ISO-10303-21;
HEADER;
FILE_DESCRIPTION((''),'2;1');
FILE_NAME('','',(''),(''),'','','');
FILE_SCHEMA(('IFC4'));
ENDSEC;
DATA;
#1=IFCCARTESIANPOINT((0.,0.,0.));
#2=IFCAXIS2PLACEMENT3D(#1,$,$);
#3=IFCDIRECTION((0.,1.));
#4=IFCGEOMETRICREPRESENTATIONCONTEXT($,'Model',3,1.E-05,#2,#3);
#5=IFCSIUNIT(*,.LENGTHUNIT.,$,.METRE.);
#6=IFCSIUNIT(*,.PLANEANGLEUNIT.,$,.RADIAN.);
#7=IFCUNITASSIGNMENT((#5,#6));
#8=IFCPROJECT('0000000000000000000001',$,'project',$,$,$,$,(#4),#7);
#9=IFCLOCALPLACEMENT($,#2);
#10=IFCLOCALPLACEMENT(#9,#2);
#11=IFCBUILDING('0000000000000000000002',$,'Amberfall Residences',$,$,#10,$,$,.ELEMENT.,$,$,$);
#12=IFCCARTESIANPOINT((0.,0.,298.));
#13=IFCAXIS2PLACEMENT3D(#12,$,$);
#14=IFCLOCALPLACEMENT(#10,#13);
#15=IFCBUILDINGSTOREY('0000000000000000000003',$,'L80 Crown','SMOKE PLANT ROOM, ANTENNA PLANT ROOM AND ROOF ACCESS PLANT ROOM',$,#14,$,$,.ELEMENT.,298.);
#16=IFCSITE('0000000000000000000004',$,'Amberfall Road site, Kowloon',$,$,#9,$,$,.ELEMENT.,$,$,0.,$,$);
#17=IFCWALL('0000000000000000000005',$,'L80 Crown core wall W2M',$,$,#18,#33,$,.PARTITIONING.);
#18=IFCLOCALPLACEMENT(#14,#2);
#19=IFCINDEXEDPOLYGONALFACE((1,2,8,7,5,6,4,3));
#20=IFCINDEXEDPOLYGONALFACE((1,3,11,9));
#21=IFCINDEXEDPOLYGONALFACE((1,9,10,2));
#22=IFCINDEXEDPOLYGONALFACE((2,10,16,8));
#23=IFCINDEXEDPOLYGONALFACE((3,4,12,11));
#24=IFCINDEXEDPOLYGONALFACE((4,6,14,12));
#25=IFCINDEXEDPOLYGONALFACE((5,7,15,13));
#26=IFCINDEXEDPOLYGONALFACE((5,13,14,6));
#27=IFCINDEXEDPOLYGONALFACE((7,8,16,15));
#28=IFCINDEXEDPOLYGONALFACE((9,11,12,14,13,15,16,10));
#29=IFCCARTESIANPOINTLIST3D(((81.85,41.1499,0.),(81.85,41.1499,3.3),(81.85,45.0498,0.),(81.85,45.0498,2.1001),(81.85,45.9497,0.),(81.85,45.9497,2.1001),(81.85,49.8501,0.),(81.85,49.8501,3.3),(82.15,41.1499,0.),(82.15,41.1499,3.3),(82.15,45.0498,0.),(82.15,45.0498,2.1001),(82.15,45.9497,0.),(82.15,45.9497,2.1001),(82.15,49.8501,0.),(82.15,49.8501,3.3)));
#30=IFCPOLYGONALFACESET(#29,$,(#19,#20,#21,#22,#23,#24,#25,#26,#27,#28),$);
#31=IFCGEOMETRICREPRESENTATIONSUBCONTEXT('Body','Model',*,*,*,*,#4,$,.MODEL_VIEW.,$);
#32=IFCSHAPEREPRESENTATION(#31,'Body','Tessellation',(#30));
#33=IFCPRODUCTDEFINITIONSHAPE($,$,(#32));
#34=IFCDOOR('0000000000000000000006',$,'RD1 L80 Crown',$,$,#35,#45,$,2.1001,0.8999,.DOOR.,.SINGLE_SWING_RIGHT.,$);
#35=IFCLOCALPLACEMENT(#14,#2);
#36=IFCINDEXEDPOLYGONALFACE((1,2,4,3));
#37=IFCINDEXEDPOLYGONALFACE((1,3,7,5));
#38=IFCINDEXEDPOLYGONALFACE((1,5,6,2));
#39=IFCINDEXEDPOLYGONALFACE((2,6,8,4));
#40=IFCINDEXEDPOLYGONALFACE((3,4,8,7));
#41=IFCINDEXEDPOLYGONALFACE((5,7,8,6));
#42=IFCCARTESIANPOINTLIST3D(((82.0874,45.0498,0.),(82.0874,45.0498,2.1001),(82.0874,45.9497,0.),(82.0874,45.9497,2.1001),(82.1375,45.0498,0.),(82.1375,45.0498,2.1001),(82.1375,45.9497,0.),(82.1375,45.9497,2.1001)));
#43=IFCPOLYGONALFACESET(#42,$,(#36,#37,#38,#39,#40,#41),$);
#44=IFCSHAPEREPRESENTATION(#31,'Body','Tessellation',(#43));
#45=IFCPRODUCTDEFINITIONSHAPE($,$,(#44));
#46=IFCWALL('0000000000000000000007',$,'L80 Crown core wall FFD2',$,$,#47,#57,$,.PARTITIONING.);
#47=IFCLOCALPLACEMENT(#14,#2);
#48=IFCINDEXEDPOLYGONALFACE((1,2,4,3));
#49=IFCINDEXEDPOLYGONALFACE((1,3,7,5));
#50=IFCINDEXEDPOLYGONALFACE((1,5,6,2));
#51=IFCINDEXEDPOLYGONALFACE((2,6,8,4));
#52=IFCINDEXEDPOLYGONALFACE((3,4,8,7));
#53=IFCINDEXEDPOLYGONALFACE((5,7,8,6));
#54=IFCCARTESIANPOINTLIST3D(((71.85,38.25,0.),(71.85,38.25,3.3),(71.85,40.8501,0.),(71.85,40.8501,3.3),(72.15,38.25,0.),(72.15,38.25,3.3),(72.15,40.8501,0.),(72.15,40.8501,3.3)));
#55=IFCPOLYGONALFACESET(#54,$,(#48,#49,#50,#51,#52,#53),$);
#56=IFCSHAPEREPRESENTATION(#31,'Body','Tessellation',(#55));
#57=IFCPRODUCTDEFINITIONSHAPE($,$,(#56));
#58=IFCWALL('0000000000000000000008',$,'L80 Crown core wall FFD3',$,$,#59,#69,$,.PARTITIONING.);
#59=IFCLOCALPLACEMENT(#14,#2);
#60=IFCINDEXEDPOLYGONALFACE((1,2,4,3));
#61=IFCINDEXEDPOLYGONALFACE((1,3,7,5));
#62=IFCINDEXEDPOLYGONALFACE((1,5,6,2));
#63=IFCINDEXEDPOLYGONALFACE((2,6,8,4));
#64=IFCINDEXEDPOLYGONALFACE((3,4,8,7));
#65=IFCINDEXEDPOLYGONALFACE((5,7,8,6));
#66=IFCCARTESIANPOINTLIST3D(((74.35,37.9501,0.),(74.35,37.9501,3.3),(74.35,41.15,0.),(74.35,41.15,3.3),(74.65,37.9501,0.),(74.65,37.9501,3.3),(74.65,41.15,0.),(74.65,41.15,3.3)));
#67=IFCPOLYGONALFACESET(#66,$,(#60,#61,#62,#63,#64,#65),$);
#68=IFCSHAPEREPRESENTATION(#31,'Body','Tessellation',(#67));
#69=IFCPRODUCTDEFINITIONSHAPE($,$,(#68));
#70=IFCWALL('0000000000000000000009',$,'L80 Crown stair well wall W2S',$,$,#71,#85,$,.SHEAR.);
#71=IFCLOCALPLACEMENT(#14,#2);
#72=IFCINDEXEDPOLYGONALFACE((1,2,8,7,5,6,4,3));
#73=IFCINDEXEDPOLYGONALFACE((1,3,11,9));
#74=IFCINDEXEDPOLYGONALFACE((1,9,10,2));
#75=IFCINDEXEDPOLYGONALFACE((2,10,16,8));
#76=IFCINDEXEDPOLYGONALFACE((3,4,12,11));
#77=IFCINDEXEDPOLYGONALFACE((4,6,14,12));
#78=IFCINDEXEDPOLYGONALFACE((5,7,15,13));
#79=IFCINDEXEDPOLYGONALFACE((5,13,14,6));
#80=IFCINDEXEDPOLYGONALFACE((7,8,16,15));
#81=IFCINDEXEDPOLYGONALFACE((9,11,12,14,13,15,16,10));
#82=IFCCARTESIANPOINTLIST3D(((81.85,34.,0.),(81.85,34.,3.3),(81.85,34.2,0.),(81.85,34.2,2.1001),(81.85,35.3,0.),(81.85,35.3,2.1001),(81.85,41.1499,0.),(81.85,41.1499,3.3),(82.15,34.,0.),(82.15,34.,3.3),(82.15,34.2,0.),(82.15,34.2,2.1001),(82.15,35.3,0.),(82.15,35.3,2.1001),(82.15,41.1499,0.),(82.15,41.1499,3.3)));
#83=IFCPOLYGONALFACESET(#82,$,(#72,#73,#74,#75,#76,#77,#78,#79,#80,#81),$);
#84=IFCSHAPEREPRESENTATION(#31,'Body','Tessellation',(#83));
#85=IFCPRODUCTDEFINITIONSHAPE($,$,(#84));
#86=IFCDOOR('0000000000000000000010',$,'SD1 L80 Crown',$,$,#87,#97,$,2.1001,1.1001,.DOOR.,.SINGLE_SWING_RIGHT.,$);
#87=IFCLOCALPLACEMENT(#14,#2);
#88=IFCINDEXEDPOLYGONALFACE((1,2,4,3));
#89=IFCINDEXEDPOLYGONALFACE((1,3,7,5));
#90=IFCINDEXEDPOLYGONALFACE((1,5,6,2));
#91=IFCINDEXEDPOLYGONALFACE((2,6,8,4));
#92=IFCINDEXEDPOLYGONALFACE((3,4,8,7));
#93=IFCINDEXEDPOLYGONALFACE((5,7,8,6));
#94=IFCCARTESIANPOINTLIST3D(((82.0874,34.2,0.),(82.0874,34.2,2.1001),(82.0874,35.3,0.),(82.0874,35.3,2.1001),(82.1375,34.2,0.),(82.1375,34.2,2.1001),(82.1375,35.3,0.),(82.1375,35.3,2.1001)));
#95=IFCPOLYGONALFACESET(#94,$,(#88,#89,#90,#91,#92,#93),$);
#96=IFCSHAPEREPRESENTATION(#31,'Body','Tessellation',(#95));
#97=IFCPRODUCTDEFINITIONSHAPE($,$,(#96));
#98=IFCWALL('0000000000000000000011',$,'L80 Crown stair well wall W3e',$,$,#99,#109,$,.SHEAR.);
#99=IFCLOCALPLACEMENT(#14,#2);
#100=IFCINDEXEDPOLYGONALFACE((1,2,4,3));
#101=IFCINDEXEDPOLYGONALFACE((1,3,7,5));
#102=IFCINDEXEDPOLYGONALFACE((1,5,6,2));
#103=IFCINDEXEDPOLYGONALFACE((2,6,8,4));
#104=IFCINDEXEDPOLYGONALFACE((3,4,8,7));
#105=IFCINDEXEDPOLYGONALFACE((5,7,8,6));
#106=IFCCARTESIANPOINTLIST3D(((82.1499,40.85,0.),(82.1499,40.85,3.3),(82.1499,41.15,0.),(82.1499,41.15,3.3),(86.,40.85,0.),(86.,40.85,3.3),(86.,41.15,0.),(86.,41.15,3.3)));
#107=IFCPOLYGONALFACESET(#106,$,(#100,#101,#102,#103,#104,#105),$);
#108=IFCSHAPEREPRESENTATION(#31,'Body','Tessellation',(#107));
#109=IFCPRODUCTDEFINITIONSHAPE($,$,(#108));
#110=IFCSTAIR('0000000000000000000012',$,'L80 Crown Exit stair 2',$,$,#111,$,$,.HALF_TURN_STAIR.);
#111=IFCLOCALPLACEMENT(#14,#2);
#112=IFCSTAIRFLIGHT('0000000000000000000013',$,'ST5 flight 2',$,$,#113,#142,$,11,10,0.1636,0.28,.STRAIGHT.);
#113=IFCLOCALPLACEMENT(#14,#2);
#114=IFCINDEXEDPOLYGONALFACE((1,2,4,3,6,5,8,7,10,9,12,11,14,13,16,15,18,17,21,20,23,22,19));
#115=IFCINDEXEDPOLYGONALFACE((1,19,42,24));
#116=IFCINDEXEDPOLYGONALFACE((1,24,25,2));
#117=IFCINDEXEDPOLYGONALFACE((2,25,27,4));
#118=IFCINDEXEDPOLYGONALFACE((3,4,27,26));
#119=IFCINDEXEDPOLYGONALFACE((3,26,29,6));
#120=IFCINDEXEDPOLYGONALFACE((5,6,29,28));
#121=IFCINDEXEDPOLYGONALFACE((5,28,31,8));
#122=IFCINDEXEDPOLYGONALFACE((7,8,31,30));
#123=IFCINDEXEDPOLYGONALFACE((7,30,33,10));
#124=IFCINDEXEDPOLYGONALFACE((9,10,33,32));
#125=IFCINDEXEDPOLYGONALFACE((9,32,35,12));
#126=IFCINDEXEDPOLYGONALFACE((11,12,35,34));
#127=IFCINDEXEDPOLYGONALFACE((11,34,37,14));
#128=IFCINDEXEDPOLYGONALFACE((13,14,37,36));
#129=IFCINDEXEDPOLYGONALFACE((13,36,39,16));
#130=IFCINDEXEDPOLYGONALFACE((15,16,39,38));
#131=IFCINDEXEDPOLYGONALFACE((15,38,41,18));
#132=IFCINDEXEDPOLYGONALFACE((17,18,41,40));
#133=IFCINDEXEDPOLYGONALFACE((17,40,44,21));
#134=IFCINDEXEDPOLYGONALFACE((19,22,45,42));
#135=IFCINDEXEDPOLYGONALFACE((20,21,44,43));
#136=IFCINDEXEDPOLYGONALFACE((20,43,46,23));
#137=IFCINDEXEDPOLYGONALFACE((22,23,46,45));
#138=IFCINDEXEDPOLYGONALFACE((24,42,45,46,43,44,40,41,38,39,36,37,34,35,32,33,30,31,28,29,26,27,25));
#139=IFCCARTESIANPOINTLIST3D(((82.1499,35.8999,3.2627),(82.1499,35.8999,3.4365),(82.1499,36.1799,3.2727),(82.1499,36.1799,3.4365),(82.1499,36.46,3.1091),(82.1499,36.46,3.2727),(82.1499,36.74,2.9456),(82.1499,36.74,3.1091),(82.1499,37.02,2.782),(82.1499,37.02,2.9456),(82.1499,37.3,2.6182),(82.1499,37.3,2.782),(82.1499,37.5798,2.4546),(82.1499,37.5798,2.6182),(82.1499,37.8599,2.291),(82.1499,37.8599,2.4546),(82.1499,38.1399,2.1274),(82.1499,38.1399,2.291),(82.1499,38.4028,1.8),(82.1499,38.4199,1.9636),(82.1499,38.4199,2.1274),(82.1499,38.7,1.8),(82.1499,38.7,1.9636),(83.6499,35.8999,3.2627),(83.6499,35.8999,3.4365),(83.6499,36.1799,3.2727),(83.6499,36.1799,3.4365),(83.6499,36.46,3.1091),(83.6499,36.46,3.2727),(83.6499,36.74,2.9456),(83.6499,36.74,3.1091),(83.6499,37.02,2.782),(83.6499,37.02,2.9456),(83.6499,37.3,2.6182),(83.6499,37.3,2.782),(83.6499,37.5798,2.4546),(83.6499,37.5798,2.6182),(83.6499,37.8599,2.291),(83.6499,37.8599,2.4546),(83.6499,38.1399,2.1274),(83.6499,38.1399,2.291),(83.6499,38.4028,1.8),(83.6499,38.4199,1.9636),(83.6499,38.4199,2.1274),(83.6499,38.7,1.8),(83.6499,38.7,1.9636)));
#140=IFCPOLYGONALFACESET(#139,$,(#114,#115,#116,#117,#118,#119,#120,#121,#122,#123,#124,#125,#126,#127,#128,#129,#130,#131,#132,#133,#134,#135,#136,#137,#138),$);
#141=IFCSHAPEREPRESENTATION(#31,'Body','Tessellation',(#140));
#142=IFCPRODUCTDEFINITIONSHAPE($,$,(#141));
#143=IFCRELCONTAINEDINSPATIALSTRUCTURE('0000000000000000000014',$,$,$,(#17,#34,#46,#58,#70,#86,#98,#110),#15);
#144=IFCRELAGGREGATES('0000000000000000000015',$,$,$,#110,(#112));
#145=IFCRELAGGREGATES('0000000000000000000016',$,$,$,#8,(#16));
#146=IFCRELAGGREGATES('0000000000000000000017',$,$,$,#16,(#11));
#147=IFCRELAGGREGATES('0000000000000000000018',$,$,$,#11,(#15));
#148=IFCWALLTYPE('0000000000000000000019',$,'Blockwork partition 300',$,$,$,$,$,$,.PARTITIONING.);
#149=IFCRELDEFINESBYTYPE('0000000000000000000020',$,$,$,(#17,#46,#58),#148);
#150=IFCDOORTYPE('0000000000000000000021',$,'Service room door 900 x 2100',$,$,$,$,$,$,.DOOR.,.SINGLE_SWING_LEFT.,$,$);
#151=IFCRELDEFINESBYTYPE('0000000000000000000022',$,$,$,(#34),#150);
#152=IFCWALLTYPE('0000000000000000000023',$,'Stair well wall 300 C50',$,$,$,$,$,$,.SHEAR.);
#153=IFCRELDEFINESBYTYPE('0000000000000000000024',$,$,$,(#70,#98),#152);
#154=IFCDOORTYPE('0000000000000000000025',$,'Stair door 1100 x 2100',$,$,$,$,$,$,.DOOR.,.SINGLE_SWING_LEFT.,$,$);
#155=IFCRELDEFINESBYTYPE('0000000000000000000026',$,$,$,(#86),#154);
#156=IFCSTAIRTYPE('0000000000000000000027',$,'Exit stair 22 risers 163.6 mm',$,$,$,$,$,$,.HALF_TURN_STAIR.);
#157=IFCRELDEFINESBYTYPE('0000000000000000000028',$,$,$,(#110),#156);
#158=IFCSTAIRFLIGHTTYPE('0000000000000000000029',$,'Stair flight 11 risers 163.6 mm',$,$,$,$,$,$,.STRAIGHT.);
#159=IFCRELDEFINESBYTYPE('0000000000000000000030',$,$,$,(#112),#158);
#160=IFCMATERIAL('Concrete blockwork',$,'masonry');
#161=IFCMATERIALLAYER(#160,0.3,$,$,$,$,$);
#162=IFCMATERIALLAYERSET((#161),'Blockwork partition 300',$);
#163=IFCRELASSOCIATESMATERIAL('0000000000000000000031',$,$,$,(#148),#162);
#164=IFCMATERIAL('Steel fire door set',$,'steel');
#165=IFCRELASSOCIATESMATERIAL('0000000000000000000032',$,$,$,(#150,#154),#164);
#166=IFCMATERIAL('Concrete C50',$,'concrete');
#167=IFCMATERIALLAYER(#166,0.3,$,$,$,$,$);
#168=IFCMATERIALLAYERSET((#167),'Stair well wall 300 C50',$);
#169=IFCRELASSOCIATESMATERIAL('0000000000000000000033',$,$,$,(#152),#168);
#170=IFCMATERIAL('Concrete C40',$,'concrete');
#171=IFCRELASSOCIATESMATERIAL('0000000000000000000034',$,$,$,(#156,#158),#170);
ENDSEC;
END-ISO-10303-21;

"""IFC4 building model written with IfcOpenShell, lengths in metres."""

from ifc_helpers import new_model, si_unit, direction, frame, frame_2d, origin, place, context, subcontext, project, spatial, polyline, rectangle, outline, extrude, material, layer, layer_set, type_object, element, fill, aggregate, save


model = new_model("IFC4")

# Units and contexts
model_context = context("Model", 3, precision=1e-05, world=origin(), true_north=direction((0.0, 1.0)))
body_context = subcontext(model_context, "Body", "Model", "MODEL_VIEW")
ifc_project = project(units=[si_unit("LENGTHUNIT", "METRE"), si_unit("PLANEANGLEUNIT", "RADIAN")], contexts=[model_context])

# Site, building, storey
site_placement = place(None, origin())
site = spatial("IfcSite", under=ifc_project, at=site_placement, Name="Amberfall Road site, Kowloon", CompositionType="ELEMENT", RefElevation=0.0)
building_placement = place(site_placement, origin())
building = spatial("IfcBuilding", under=site, at=building_placement, Name="Amberfall Residences", CompositionType="ELEMENT")
storey_placement = place(building_placement, frame((0.0, 0.0, 298.0)))
storey = spatial("IfcBuildingStorey", under=building, at=storey_placement, Name="L80 Crown", Description="SMOKE PLANT ROOM, ANTENNA PLANT ROOM AND ROOF ACCESS PLANT ROOM", CompositionType="ELEMENT", Elevation=298.0)

# Shared definitions
ifc_material_1 = material(Name="Concrete C50", Category="concrete")

# Wall, opening, door
ifc_material_2 = material(Name="Concrete blockwork", Category="masonry")
ifc_layer_1 = layer(ifc_material_2, 0.3)
ifc_layer_set_1 = layer_set([ifc_layer_1], Name="Blockwork partition 300")
wall_type_1 = type_object("IfcWallType", Name="Blockwork partition 300", PredefinedType="PARTITIONING", material=ifc_layer_set_1)
wall_1_placement = place(storey_placement, frame((82.0, 41.1499, 0.0), z_axis=(0.0, 0.0, 1.0), x_axis=(0.0, 1.0, 0.0)))
wall_1 = element("IfcWall", 1, at=wall_1_placement, inside=storey, type_object=wall_type_1, Name="L80 Crown core wall W2M", PredefinedType="PARTITIONING", context=body_context, shape_type="SweptSolid", body=[
    extrude(rectangle(XDim=8.7002, YDim=0.3, at=frame_2d((4.3501, 0.0))), origin(), (0.0, 0.0, 1.0), 3.3),
])
opening_1_placement = place(wall_1_placement, frame((3.8999, 0.0, 0.0)))
opening_1 = element("IfcOpeningElement", 2, at=opening_1_placement, cuts=wall_1, PredefinedType="OPENING", context=body_context, shape_type="SweptSolid", body=[
    extrude(rectangle(XDim=0.8999, YDim=2.1001, at=frame_2d((0.45, 1.05))), frame((0.0, 0.1599, 0.0), z_axis=(0.0, -1.0, 0.0), x_axis=(1.0, 0.0, 0.0)), (0.0, 0.0, 1.0), 0.3201),
])
ifc_material_3 = material(Name="Steel fire door set", Category="steel")
door_type_1 = type_object("IfcDoorType", Name="Service room door 900 x 2100", OperationType="SINGLE_SWING_LEFT", PredefinedType="DOOR", material=ifc_material_3)
door_1_placement = place(opening_1_placement, origin())
door_1 = element("IfcDoor", 3, at=door_1_placement, inside=storey, type_object=door_type_1, Name="RD1 L80 Crown", OperationType="SINGLE_SWING_RIGHT", OverallHeight=2.1001, OverallWidth=0.8999, PredefinedType="DOOR", context=body_context, shape_type="SweptSolid", body=[
    extrude(rectangle(XDim=0.8999, YDim=2.1001, at=frame_2d((0.45, 1.05))), frame((0.0, -0.0874, 0.0), z_axis=(0.0, -1.0, 0.0), x_axis=(1.0, 0.0, 0.0)), (0.0, 0.0, 1.0), 0.05),
])
fill(opening_1, door_1)

# Walls
wall_2_placement = place(storey_placement, frame((72.0, 38.25, 0.0), z_axis=(0.0, 0.0, 1.0), x_axis=(0.0, 1.0, 0.0)))
element("IfcWall", 4, at=wall_2_placement, inside=storey, type_object=wall_type_1, Name="L80 Crown core wall FFD2", PredefinedType="PARTITIONING", context=body_context, shape_type="SweptSolid", body=[
    extrude(rectangle(XDim=2.6001, YDim=0.3, at=frame_2d((1.3, 0.0))), origin(), (0.0, 0.0, 1.0), 3.3),
])
wall_3_placement = place(storey_placement, frame((74.5, 37.95, 0.0), z_axis=(0.0, 0.0, 1.0), x_axis=(0.0, 1.0, 0.0)))
element("IfcWall", 5, at=wall_3_placement, inside=storey, type_object=wall_type_1, Name="L80 Crown core wall FFD3", PredefinedType="PARTITIONING", context=body_context, shape_type="SweptSolid", body=[
    extrude(rectangle(XDim=3.2, YDim=0.3, at=frame_2d((1.6001, 0.0))), origin(), (0.0, 0.0, 1.0), 3.3),
])

# Wall, opening, door
ifc_layer_2 = layer(ifc_material_1, 0.3)
ifc_layer_set_2 = layer_set([ifc_layer_2], Name="Stair well wall 300 C50")
wall_type_2 = type_object("IfcWallType", Name="Stair well wall 300 C50", PredefinedType="SHEAR", material=ifc_layer_set_2)
wall_4_placement = place(storey_placement, frame((82.0, 34.0, 0.0), z_axis=(0.0, 0.0, 1.0), x_axis=(0.0, 1.0, 0.0)))
wall_4 = element("IfcWall", 6, at=wall_4_placement, inside=storey, type_object=wall_type_2, Name="L80 Crown stair well wall W2S", PredefinedType="SHEAR", context=body_context, shape_type="SweptSolid", body=[
    extrude(rectangle(XDim=7.1499, YDim=0.3, at=frame_2d((3.575, 0.0))), origin(), (0.0, 0.0, 1.0), 3.3),
])
opening_2_placement = place(wall_4_placement, frame((0.2, 0.0, 0.0)))
opening_2 = element("IfcOpeningElement", 7, at=opening_2_placement, cuts=wall_4, PredefinedType="OPENING", context=body_context, shape_type="SweptSolid", body=[
    extrude(rectangle(XDim=1.1001, YDim=2.1001, at=frame_2d((0.55, 1.05))), frame((0.0, 0.1599, 0.0), z_axis=(0.0, -1.0, 0.0), x_axis=(1.0, 0.0, 0.0)), (0.0, 0.0, 1.0), 0.3201),
])
door_type_2 = type_object("IfcDoorType", Name="Stair door 1100 x 2100", OperationType="SINGLE_SWING_LEFT", PredefinedType="DOOR", material=ifc_material_3)
door_2_placement = place(opening_2_placement, origin())
door_2 = element("IfcDoor", 8, at=door_2_placement, inside=storey, type_object=door_type_2, Name="SD1 L80 Crown", OperationType="SINGLE_SWING_RIGHT", OverallHeight=2.1001, OverallWidth=1.1001, PredefinedType="DOOR", context=body_context, shape_type="SweptSolid", body=[
    extrude(rectangle(XDim=1.1001, YDim=2.1001, at=frame_2d((0.55, 1.05))), frame((0.0, -0.0874, 0.0), z_axis=(0.0, -1.0, 0.0), x_axis=(1.0, 0.0, 0.0)), (0.0, 0.0, 1.0), 0.05),
])
fill(opening_2, door_2)

# Wall
wall_5_placement = place(storey_placement, frame((82.1499, 41.0, 0.0), z_axis=(0.0, 0.0, 1.0), x_axis=(1.0, 0.0, 0.0)))
element("IfcWall", 9, at=wall_5_placement, inside=storey, type_object=wall_type_2, Name="L80 Crown stair well wall W3e", PredefinedType="SHEAR", context=body_context, shape_type="SweptSolid", body=[
    extrude(rectangle(XDim=3.8501, YDim=0.3, at=frame_2d((1.925, 0.0))), origin(), (0.0, 0.0, 1.0), 3.3),
])

# Stair, stair flight
ifc_material_4 = material(Name="Concrete C40", Category="concrete")
stair_type = type_object("IfcStairType", Name="Exit stair 22 risers 163.6 mm", PredefinedType="HALF_TURN_STAIR", material=ifc_material_4)
stair_placement = place(storey_placement, origin())
stair = element("IfcStair", 10, at=stair_placement, inside=storey, type_object=stair_type, Name="L80 Crown Exit stair 2", PredefinedType="HALF_TURN_STAIR")
stair_flight_type = type_object("IfcStairFlightType", Name="Stair flight 11 risers 163.6 mm", PredefinedType="STRAIGHT", material=ifc_material_4)
stair_flight_placement = place(storey_placement, frame((82.8999, 38.7, 1.8), z_axis=(0.0, 0.0, 1.0), x_axis=(0.0, -1.0, 0.0)))
stair_flight = element("IfcStairFlight", 11, at=stair_flight_placement, type_object=stair_flight_type, Name="ST5 flight 2", NumberOfRisers=11, NumberOfTreads=10, PredefinedType="STRAIGHT", RiserHeight=0.1636, TreadLength=0.28, context=body_context, shape_type="SweptSolid", body=[
    extrude(outline(polyline([(0.0, 0.0), (0.0, 0.1636), (0.28, 0.1636), (0.28, 0.3274), (0.5601, 0.3274), (0.5601, 0.491), (0.8401, 0.491), (0.8401, 0.6545), (1.1201, 0.6545), (1.1201, 0.8181), (1.3999, 0.8181), (1.3999, 0.9819), (1.6799, 0.9819), (1.6799, 1.1455), (1.96, 1.1455), (1.96, 1.3091), (2.24, 1.3091), (2.24, 1.4727), (2.52, 1.4727), (2.52, 1.6365), (2.8, 1.6365), (2.8, 1.8), (2.8, 1.4626), (0.2971, 0.0), (0.0, 0.0)])), frame((0.0, 0.75, 0.0), z_axis=(0.0, -1.0, 0.0), x_axis=(1.0, 0.0, 0.0)), (0.0, 0.0, 1.0), 1.5),
])
aggregate(stair, [stair_flight])

save(model, "model.ifc")
